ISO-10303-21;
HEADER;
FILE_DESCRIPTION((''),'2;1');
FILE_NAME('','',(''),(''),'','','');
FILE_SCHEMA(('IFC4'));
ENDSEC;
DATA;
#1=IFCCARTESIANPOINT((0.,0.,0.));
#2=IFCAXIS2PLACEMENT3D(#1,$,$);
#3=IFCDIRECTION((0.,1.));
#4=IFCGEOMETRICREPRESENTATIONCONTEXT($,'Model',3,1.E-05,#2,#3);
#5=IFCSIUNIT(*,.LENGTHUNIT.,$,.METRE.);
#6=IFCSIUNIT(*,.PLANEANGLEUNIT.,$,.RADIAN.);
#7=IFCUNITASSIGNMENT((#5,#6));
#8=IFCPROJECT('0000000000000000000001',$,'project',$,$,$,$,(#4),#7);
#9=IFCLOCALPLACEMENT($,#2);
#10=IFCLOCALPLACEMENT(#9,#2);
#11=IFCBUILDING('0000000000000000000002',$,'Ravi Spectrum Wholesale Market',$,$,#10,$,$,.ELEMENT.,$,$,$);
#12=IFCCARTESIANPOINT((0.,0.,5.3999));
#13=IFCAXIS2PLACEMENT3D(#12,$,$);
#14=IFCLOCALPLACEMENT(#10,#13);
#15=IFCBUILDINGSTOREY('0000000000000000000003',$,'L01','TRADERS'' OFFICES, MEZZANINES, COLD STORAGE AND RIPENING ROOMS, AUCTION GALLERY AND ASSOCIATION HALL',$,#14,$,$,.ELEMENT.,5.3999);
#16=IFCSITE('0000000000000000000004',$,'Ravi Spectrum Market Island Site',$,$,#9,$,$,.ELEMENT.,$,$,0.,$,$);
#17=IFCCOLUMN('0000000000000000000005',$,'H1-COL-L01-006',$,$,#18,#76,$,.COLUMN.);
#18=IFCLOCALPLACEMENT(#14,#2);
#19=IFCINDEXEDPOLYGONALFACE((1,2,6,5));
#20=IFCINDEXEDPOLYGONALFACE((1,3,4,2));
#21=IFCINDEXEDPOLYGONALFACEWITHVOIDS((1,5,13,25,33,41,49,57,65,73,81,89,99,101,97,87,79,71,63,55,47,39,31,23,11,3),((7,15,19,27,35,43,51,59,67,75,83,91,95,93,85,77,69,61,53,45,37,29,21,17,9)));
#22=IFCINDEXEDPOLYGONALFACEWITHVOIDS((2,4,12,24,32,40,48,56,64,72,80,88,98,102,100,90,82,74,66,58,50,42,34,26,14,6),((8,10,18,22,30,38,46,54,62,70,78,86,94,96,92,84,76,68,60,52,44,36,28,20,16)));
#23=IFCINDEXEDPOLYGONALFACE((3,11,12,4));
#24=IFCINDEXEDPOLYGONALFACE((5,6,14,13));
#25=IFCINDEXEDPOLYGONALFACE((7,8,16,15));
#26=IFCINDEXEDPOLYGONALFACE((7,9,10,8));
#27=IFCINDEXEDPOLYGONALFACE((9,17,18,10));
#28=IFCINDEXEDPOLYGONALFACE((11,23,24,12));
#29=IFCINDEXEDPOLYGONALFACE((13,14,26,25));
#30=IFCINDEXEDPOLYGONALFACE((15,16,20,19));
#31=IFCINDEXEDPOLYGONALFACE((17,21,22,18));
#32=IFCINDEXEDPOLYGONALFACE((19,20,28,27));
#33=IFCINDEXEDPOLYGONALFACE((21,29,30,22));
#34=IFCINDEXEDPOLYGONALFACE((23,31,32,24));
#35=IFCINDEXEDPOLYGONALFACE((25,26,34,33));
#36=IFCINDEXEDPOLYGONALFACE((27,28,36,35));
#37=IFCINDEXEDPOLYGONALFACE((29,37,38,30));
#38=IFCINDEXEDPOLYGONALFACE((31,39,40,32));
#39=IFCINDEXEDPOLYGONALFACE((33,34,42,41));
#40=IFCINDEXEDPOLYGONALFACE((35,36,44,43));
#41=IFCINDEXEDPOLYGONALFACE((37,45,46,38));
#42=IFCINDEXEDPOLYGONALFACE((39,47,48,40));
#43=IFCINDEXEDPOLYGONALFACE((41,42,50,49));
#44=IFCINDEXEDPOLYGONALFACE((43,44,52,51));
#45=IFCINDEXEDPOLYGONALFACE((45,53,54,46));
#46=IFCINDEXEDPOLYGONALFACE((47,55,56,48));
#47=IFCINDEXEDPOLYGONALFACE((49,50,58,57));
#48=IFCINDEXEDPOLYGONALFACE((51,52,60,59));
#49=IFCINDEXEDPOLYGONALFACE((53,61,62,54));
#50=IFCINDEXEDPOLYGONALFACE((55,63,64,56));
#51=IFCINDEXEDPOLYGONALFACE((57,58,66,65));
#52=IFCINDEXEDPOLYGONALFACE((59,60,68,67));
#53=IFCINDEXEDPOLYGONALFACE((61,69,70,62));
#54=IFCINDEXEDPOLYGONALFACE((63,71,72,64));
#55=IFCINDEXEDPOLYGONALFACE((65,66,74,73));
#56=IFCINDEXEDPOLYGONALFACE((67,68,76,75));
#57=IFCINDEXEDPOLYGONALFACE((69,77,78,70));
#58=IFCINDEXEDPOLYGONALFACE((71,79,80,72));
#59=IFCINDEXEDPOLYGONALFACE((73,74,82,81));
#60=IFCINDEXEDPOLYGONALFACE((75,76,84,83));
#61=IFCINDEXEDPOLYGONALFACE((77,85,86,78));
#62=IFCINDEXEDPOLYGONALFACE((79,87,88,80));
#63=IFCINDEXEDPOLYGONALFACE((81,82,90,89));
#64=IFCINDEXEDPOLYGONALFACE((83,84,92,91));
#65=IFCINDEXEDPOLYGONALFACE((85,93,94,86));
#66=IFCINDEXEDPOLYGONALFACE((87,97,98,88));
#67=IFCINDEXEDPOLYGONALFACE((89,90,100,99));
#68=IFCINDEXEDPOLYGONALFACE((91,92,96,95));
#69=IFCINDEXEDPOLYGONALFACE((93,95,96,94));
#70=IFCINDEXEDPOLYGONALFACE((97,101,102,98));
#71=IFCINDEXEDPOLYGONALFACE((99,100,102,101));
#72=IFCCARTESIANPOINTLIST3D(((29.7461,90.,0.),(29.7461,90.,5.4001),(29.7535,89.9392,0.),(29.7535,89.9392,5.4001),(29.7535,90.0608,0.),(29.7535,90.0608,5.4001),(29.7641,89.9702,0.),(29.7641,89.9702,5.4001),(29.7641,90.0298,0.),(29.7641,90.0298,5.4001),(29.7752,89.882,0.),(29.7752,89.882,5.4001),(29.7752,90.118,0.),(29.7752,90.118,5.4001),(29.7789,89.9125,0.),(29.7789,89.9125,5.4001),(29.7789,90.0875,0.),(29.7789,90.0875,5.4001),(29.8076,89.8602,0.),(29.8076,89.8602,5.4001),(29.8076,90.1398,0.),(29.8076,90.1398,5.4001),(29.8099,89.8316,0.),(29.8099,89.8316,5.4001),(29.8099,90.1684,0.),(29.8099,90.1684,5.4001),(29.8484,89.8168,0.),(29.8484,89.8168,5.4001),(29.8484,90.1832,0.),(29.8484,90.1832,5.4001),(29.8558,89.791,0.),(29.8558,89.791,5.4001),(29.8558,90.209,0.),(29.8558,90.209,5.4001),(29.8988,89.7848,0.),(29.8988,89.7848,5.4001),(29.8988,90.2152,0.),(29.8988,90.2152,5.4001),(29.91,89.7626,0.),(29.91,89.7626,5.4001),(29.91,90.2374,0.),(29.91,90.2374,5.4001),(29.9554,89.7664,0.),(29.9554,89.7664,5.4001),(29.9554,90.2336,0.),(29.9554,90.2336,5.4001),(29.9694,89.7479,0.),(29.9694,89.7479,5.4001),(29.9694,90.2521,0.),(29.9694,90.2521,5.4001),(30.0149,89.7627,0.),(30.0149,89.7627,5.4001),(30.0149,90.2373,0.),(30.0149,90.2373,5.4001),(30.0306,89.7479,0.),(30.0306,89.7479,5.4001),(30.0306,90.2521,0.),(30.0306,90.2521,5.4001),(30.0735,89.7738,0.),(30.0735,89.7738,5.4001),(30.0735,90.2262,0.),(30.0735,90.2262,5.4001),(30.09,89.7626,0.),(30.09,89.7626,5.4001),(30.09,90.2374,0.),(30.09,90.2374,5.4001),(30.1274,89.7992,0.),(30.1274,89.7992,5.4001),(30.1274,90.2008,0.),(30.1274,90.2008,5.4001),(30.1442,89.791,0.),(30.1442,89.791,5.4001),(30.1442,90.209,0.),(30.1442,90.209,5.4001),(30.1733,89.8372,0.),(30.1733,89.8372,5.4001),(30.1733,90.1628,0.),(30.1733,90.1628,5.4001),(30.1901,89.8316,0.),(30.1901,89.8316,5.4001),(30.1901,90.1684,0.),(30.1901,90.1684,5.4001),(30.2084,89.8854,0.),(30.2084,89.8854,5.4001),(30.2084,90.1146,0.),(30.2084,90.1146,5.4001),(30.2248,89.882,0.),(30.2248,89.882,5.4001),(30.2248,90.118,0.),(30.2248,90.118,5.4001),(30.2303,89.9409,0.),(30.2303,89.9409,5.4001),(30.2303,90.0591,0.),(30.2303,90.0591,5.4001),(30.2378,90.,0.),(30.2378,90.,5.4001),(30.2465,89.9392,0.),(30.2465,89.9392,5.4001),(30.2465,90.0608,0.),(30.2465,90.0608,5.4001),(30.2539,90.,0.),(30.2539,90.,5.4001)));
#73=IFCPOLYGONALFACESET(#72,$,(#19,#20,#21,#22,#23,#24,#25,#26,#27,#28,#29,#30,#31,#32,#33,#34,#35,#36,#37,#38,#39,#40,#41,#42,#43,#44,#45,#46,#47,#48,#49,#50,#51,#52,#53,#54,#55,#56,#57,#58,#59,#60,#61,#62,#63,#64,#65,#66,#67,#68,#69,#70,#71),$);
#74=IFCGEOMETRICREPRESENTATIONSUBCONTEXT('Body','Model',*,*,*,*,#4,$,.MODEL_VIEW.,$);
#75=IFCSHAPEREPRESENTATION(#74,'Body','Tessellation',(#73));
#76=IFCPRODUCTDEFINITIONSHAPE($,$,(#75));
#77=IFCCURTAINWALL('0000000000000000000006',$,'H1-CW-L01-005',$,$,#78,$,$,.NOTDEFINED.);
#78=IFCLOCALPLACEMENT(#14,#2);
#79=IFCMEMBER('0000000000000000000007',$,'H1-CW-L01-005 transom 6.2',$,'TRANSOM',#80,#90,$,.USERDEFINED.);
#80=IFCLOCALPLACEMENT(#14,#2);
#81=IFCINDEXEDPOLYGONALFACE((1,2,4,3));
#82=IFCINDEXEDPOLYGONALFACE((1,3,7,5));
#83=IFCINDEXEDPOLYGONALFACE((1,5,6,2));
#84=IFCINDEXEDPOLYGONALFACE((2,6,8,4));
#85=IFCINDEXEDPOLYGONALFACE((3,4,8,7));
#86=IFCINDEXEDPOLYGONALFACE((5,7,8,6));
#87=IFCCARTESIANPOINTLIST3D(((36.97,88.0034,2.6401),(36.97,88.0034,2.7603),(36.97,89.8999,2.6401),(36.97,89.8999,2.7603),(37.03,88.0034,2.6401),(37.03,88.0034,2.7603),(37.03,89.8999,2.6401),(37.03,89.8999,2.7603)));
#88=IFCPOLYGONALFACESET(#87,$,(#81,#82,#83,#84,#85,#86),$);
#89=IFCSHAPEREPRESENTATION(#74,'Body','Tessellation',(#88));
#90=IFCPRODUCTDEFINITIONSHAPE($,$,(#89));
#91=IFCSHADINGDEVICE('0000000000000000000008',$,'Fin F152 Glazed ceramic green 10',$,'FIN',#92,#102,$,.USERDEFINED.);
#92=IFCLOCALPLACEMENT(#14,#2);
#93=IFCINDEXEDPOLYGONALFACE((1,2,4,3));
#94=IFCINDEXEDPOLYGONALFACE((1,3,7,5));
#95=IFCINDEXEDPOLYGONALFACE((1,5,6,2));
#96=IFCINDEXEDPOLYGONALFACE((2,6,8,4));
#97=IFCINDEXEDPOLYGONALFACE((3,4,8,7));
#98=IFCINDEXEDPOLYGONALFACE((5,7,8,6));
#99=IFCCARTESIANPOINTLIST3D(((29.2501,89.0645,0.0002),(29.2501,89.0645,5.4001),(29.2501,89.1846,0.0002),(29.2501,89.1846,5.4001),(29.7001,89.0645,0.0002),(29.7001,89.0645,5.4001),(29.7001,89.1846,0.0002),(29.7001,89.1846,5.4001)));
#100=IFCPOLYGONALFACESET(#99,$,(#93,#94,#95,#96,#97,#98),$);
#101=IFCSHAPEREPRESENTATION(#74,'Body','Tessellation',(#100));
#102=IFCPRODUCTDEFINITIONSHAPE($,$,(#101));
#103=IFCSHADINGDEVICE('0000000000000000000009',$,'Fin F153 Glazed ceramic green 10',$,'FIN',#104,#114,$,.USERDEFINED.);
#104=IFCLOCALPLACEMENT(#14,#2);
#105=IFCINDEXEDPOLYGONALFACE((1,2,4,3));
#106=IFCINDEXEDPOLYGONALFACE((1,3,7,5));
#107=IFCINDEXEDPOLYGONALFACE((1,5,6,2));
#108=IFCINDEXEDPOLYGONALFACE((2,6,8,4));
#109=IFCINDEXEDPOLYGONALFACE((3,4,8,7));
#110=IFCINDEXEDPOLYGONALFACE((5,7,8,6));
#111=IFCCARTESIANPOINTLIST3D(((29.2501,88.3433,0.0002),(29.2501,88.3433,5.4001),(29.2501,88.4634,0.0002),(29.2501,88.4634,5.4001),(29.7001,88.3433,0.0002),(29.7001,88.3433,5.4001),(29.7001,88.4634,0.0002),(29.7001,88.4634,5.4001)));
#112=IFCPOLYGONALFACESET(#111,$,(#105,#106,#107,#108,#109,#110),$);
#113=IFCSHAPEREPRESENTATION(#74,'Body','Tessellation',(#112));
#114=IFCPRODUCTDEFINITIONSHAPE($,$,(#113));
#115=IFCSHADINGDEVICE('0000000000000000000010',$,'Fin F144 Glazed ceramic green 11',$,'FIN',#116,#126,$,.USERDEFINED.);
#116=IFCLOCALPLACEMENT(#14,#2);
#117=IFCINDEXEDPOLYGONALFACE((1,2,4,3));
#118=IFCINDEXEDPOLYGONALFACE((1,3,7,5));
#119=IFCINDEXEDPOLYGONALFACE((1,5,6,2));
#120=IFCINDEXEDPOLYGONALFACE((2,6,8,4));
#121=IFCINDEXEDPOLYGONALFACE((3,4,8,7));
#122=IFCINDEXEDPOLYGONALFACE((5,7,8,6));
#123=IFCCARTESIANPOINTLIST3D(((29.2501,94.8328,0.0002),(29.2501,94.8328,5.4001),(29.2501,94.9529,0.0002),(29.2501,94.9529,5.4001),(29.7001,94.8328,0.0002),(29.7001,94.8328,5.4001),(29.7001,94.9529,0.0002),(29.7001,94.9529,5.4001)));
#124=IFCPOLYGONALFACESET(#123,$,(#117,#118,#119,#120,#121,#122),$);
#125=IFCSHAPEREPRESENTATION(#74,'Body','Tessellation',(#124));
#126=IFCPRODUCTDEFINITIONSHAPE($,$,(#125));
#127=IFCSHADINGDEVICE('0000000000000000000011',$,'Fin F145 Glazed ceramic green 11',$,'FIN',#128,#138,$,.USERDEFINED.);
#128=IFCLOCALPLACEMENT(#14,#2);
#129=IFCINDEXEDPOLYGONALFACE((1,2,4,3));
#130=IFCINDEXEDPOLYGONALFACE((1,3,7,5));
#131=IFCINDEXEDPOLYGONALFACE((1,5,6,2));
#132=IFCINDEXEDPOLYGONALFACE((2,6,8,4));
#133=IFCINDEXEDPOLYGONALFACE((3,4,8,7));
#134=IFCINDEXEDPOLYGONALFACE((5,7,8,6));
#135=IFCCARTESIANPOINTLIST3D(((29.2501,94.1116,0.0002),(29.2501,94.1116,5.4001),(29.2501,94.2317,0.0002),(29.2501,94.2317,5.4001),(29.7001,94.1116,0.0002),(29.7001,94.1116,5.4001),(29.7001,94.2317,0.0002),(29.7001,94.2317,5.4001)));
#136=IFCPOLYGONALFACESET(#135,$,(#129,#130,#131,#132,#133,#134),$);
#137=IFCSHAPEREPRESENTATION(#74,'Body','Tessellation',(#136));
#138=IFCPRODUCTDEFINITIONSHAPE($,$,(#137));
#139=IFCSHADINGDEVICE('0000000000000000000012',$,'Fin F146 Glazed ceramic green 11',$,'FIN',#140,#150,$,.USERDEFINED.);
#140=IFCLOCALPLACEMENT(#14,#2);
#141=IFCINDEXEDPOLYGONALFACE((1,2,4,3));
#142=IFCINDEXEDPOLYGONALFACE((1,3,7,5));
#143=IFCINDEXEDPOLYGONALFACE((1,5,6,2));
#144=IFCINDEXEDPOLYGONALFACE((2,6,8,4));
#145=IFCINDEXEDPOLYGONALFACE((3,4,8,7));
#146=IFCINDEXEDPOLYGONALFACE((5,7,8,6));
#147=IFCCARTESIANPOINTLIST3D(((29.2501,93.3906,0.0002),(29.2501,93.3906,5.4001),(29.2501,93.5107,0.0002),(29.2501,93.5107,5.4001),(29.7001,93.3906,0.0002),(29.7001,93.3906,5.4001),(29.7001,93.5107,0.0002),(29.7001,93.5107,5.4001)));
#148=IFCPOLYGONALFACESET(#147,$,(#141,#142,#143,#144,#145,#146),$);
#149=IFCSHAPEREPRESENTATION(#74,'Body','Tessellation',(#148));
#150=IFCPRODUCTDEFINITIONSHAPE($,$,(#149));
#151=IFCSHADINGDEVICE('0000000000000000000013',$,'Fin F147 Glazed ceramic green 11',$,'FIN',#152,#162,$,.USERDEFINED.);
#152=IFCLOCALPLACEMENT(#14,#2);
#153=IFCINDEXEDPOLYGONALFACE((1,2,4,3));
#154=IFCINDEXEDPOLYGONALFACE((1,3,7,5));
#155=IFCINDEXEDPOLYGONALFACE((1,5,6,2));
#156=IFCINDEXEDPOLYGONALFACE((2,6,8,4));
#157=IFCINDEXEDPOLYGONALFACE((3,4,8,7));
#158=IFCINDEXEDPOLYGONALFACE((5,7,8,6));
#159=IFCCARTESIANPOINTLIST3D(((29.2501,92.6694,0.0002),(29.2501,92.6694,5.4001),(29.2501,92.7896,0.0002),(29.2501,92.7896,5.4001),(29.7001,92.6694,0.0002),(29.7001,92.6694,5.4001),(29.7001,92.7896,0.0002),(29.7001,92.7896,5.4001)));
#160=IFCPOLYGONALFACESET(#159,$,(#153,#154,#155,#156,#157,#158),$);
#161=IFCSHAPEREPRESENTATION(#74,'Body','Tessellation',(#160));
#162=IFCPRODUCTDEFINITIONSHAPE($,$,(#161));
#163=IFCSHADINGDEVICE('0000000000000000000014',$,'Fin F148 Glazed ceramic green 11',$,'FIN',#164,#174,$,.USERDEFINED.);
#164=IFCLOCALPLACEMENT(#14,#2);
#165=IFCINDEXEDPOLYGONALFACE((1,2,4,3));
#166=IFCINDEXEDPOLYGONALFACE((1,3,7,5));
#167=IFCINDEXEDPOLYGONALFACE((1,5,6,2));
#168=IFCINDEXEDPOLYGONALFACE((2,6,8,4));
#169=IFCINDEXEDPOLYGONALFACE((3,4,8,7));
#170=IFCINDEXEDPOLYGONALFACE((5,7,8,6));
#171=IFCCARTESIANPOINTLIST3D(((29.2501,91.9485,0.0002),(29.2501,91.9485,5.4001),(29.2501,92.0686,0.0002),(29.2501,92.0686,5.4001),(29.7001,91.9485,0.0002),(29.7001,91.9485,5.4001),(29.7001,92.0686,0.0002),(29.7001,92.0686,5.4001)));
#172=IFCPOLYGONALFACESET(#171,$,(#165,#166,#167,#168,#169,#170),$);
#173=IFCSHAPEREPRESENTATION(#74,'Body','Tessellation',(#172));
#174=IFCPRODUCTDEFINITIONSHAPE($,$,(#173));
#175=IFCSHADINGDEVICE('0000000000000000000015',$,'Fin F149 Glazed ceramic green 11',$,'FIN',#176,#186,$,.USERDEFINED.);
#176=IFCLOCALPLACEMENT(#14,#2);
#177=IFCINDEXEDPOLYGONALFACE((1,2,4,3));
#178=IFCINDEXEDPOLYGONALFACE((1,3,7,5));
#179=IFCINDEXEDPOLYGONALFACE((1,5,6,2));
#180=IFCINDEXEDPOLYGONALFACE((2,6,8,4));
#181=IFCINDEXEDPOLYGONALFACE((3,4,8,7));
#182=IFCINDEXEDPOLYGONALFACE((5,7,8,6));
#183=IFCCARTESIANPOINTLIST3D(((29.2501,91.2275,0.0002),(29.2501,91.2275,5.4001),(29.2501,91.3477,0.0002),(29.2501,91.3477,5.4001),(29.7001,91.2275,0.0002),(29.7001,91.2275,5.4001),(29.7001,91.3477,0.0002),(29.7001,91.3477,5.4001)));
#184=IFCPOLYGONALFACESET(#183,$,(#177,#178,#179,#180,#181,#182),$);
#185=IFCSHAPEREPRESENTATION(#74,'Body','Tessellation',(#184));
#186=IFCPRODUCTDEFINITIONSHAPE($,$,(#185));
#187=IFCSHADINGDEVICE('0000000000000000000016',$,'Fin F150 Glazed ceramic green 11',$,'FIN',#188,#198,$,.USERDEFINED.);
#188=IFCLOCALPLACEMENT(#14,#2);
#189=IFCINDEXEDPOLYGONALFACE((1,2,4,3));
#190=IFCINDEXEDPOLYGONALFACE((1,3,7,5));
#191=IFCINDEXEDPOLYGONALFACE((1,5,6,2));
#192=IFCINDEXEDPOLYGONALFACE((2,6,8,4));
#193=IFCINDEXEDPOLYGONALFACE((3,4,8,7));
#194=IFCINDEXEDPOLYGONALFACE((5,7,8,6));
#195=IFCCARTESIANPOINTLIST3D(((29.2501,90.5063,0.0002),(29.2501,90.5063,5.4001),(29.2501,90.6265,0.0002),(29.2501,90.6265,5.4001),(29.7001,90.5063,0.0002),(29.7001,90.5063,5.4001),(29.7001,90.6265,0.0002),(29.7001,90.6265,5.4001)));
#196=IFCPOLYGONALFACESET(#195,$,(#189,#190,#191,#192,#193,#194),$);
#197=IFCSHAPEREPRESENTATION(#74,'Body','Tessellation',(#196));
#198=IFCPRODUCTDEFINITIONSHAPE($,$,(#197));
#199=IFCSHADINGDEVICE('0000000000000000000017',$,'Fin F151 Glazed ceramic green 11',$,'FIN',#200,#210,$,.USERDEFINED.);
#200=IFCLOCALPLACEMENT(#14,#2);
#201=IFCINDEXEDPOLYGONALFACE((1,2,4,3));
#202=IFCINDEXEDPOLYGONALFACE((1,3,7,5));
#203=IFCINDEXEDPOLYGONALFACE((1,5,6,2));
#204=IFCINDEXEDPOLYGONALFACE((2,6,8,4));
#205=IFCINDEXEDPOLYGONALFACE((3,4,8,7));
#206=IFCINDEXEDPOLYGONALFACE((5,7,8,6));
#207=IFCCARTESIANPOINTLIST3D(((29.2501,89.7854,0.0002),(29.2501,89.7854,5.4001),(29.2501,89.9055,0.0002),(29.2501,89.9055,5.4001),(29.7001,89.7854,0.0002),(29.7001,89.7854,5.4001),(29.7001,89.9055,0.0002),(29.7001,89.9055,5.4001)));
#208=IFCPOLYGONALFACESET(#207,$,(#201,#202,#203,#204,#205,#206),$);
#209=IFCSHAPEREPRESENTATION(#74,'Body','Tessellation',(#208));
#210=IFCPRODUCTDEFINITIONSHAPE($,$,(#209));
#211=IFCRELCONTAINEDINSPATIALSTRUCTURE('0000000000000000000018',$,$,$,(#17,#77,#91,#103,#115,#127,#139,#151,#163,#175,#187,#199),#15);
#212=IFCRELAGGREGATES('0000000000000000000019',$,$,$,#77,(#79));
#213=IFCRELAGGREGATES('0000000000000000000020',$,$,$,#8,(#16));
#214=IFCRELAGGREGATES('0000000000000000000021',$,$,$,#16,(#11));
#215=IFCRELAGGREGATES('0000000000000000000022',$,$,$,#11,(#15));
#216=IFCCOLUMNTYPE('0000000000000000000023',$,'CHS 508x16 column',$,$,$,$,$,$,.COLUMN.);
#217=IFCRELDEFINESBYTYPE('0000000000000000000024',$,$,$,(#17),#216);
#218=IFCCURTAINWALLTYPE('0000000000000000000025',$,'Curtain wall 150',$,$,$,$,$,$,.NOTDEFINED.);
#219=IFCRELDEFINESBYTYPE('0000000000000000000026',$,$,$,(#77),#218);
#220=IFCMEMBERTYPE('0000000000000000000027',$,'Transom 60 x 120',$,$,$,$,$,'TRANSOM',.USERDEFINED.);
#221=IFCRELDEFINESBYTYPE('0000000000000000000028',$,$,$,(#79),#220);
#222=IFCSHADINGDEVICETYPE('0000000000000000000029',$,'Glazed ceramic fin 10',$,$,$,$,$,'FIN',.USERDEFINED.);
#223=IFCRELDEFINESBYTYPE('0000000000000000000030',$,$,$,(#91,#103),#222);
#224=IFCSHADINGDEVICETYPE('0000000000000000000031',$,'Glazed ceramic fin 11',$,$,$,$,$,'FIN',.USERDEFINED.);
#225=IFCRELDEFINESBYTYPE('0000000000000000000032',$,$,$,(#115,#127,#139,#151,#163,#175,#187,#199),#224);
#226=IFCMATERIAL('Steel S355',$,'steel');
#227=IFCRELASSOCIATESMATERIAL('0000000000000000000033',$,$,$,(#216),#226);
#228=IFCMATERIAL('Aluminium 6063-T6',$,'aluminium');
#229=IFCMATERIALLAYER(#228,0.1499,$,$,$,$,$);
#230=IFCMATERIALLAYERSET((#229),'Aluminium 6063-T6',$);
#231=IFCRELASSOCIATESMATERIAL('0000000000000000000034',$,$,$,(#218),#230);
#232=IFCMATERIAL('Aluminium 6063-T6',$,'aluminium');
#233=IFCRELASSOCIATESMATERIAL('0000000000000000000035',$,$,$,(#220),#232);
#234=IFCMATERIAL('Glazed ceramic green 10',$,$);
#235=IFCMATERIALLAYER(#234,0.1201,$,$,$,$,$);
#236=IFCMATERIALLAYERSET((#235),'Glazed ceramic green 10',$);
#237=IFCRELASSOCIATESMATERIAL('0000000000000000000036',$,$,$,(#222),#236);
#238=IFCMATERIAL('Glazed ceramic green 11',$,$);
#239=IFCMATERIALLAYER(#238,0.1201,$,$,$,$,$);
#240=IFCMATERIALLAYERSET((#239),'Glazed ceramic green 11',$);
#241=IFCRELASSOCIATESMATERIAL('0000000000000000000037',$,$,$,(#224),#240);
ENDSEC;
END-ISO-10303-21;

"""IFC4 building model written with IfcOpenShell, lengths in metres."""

from ifc_helpers import new_model, si_unit, direction, frame, origin, origin_2d, place, context, subcontext, project, spatial, rectangle, hollow_circle, extrude, material, layer, layer_set, material_profile, profile_set, type_object, element, aggregate, save


model = new_model("IFC4")

# Units and contexts
model_context = context("Model", 3, precision=1e-05, world=origin(), true_north=direction((0.0, 1.0)))
body_context = subcontext(model_context, "Body", "Model", "MODEL_VIEW")
ifc_project = project(units=[si_unit("LENGTHUNIT", "METRE"), si_unit("PLANEANGLEUNIT", "RADIAN")], contexts=[model_context])

# Site, building, storey
site_placement = place(None, origin())
site = spatial("IfcSite", under=ifc_project, at=site_placement, Name="Ravi Spectrum Market Island Site", CompositionType="ELEMENT", RefElevation=0.0)
building_placement = place(site_placement, origin())
building = spatial("IfcBuilding", under=site, at=building_placement, Name="Ravi Spectrum Wholesale Market", CompositionType="ELEMENT")
storey_placement = place(building_placement, frame((0.0, 0.0, 5.3999)))
storey = spatial("IfcBuildingStorey", under=building, at=storey_placement, Name="L01", Description="TRADERS' OFFICES, MEZZANINES, COLD STORAGE AND RIPENING ROOMS, AUCTION GALLERY AND ASSOCIATION HALL", CompositionType="ELEMENT", Elevation=5.3999)

# Column
ifc_material_1 = material(Name="Steel S355", Category="steel")
ifc_material_profile_1 = material_profile(ifc_material_1, hollow_circle(Radius=0.2539, WallThickness=0.0161, at=origin_2d()))
ifc_profile_set_1 = profile_set([ifc_material_profile_1], Name="Steel S355")
column_type = type_object("IfcColumnType", Name="CHS 508x16 column", PredefinedType="COLUMN", material=ifc_profile_set_1)
column_placement = place(storey_placement, frame((30.0, 90.0, 0.0), z_axis=(0.0, 0.0, 1.0), x_axis=(1.0, 0.0, 0.0)))
element("IfcColumn", 1, at=column_placement, inside=storey, type_object=column_type, Name="H1-COL-L01-006", PredefinedType="COLUMN", context=body_context, shape_type="SweptSolid", body=[
    extrude(hollow_circle(Radius=0.2539, WallThickness=0.0161, at=origin_2d()), origin(), (0.0, 0.0, 1.0), 5.4001),
])

# Curtain wall, member
ifc_material_2 = material(Name="Aluminium 6063-T6", Category="aluminium")
ifc_layer_1 = layer(ifc_material_2, 0.1499)
ifc_layer_set_1 = layer_set([ifc_layer_1], Name="Aluminium 6063-T6")
curtain_wall_type = type_object("IfcCurtainWallType", Name="Curtain wall 150", PredefinedType="NOTDEFINED", material=ifc_layer_set_1)
curtain_wall_placement = place(storey_placement, origin())
curtain_wall = element("IfcCurtainWall", 2, at=curtain_wall_placement, inside=storey, type_object=curtain_wall_type, Name="H1-CW-L01-005", PredefinedType="NOTDEFINED")
ifc_material_3 = material(Name="Aluminium 6063-T6", Category="aluminium")
ifc_material_profile_2 = material_profile(ifc_material_3, rectangle(XDim=0.0601, YDim=0.1201, at=origin_2d()))
ifc_profile_set_2 = profile_set([ifc_material_profile_2], Name="Aluminium 6063-T6")
member_type = type_object("IfcMemberType", Name="Transom 60 x 120", ElementType="TRANSOM", PredefinedType="USERDEFINED", material=ifc_profile_set_2)
member_placement = place(storey_placement, frame((37.0, 88.0034, 2.7002), z_axis=(0.0, 1.0, 0.0), x_axis=(-1.0, 0.0, 0.0)))
member = element("IfcMember", 3, at=member_placement, type_object=member_type, Name="H1-CW-L01-005 transom 6.2", ObjectType="TRANSOM", PredefinedType="USERDEFINED", context=body_context, shape_type="SweptSolid", body=[
    extrude(rectangle(XDim=0.0601, YDim=0.1201, at=origin_2d()), origin(), (0.0, 0.0, 1.0), 1.8965),
])
aggregate(curtain_wall, [member])

# Shading devices
ifc_material_4 = material(Name="Glazed ceramic green 10")
ifc_layer_2 = layer(ifc_material_4, 0.1201)
ifc_layer_set_2 = layer_set([ifc_layer_2], Name="Glazed ceramic green 10")
shading_device_type_1 = type_object("IfcShadingDeviceType", Name="Glazed ceramic fin 10", ElementType="FIN", PredefinedType="USERDEFINED", material=ifc_layer_set_2)
for number, where, z_axis, x_axis, name in (
    (4, (29.4751, 89.1245, 0.0002), (0.0, 0.0, 1.0), (0.0, -1.0, 0.0), "Fin F152 Glazed ceramic green 10"),
    (5, (29.4751, 88.4033, 0.0002), (0.0, 0.0, 1.0), (0.0, -1.0, 0.0), "Fin F153 Glazed ceramic green 10"),
):
    element("IfcShadingDevice", number, at=place(storey_placement, frame(where, z_axis=z_axis, x_axis=x_axis)), inside=storey, type_object=shading_device_type_1, Name=name, ObjectType="FIN", PredefinedType="USERDEFINED", context=body_context, shape_type="SweptSolid", body=[
        extrude(rectangle(XDim=0.1201, YDim=0.45, at=origin_2d()), origin(), (0.0, 0.0, 1.0), 5.3999),
    ])
ifc_material_5 = material(Name="Glazed ceramic green 11")
ifc_layer_3 = layer(ifc_material_5, 0.1201)
ifc_layer_set_3 = layer_set([ifc_layer_3], Name="Glazed ceramic green 11")
shading_device_type_2 = type_object("IfcShadingDeviceType", Name="Glazed ceramic fin 11", ElementType="FIN", PredefinedType="USERDEFINED", material=ifc_layer_set_3)
for number, where, z_axis, x_axis, name in (
    (6, (29.4751, 94.8928, 0.0002), (0.0, 0.0, 1.0), (0.0, -1.0, 0.0), "Fin F144 Glazed ceramic green 11"),
    (7, (29.4751, 94.1716, 0.0002), (0.0, 0.0, 1.0), (0.0, -1.0, 0.0), "Fin F145 Glazed ceramic green 11"),
    (8, (29.4751, 93.4507, 0.0002), (0.0, 0.0, 1.0), (0.0, -1.0, 0.0), "Fin F146 Glazed ceramic green 11"),
    (9, (29.4751, 92.7295, 0.0002), (0.0, 0.0, 1.0), (0.0, -1.0, 0.0), "Fin F147 Glazed ceramic green 11"),
    (10, (29.4751, 92.0085, 0.0002), (0.0, 0.0, 1.0), (0.0, -1.0, 0.0), "Fin F148 Glazed ceramic green 11"),
    (11, (29.4751, 91.2876, 0.0002), (0.0, 0.0, 1.0), (0.0, -1.0, 0.0), "Fin F149 Glazed ceramic green 11"),
    (12, (29.4751, 90.5664, 0.0002), (0.0, 0.0, 1.0), (0.0, -1.0, 0.0), "Fin F150 Glazed ceramic green 11"),
    (13, (29.4751, 89.8455, 0.0002), (0.0, 0.0, 1.0), (0.0, -1.0, 0.0), "Fin F151 Glazed ceramic green 11"),
):
    element("IfcShadingDevice", number, at=place(storey_placement, frame(where, z_axis=z_axis, x_axis=x_axis)), inside=storey, type_object=shading_device_type_2, Name=name, ObjectType="FIN", PredefinedType="USERDEFINED", context=body_context, shape_type="SweptSolid", body=[
        extrude(rectangle(XDim=0.1201, YDim=0.45, at=origin_2d()), origin(), (0.0, 0.0, 1.0), 5.3999),
    ])

save(model, "model.ifc")
